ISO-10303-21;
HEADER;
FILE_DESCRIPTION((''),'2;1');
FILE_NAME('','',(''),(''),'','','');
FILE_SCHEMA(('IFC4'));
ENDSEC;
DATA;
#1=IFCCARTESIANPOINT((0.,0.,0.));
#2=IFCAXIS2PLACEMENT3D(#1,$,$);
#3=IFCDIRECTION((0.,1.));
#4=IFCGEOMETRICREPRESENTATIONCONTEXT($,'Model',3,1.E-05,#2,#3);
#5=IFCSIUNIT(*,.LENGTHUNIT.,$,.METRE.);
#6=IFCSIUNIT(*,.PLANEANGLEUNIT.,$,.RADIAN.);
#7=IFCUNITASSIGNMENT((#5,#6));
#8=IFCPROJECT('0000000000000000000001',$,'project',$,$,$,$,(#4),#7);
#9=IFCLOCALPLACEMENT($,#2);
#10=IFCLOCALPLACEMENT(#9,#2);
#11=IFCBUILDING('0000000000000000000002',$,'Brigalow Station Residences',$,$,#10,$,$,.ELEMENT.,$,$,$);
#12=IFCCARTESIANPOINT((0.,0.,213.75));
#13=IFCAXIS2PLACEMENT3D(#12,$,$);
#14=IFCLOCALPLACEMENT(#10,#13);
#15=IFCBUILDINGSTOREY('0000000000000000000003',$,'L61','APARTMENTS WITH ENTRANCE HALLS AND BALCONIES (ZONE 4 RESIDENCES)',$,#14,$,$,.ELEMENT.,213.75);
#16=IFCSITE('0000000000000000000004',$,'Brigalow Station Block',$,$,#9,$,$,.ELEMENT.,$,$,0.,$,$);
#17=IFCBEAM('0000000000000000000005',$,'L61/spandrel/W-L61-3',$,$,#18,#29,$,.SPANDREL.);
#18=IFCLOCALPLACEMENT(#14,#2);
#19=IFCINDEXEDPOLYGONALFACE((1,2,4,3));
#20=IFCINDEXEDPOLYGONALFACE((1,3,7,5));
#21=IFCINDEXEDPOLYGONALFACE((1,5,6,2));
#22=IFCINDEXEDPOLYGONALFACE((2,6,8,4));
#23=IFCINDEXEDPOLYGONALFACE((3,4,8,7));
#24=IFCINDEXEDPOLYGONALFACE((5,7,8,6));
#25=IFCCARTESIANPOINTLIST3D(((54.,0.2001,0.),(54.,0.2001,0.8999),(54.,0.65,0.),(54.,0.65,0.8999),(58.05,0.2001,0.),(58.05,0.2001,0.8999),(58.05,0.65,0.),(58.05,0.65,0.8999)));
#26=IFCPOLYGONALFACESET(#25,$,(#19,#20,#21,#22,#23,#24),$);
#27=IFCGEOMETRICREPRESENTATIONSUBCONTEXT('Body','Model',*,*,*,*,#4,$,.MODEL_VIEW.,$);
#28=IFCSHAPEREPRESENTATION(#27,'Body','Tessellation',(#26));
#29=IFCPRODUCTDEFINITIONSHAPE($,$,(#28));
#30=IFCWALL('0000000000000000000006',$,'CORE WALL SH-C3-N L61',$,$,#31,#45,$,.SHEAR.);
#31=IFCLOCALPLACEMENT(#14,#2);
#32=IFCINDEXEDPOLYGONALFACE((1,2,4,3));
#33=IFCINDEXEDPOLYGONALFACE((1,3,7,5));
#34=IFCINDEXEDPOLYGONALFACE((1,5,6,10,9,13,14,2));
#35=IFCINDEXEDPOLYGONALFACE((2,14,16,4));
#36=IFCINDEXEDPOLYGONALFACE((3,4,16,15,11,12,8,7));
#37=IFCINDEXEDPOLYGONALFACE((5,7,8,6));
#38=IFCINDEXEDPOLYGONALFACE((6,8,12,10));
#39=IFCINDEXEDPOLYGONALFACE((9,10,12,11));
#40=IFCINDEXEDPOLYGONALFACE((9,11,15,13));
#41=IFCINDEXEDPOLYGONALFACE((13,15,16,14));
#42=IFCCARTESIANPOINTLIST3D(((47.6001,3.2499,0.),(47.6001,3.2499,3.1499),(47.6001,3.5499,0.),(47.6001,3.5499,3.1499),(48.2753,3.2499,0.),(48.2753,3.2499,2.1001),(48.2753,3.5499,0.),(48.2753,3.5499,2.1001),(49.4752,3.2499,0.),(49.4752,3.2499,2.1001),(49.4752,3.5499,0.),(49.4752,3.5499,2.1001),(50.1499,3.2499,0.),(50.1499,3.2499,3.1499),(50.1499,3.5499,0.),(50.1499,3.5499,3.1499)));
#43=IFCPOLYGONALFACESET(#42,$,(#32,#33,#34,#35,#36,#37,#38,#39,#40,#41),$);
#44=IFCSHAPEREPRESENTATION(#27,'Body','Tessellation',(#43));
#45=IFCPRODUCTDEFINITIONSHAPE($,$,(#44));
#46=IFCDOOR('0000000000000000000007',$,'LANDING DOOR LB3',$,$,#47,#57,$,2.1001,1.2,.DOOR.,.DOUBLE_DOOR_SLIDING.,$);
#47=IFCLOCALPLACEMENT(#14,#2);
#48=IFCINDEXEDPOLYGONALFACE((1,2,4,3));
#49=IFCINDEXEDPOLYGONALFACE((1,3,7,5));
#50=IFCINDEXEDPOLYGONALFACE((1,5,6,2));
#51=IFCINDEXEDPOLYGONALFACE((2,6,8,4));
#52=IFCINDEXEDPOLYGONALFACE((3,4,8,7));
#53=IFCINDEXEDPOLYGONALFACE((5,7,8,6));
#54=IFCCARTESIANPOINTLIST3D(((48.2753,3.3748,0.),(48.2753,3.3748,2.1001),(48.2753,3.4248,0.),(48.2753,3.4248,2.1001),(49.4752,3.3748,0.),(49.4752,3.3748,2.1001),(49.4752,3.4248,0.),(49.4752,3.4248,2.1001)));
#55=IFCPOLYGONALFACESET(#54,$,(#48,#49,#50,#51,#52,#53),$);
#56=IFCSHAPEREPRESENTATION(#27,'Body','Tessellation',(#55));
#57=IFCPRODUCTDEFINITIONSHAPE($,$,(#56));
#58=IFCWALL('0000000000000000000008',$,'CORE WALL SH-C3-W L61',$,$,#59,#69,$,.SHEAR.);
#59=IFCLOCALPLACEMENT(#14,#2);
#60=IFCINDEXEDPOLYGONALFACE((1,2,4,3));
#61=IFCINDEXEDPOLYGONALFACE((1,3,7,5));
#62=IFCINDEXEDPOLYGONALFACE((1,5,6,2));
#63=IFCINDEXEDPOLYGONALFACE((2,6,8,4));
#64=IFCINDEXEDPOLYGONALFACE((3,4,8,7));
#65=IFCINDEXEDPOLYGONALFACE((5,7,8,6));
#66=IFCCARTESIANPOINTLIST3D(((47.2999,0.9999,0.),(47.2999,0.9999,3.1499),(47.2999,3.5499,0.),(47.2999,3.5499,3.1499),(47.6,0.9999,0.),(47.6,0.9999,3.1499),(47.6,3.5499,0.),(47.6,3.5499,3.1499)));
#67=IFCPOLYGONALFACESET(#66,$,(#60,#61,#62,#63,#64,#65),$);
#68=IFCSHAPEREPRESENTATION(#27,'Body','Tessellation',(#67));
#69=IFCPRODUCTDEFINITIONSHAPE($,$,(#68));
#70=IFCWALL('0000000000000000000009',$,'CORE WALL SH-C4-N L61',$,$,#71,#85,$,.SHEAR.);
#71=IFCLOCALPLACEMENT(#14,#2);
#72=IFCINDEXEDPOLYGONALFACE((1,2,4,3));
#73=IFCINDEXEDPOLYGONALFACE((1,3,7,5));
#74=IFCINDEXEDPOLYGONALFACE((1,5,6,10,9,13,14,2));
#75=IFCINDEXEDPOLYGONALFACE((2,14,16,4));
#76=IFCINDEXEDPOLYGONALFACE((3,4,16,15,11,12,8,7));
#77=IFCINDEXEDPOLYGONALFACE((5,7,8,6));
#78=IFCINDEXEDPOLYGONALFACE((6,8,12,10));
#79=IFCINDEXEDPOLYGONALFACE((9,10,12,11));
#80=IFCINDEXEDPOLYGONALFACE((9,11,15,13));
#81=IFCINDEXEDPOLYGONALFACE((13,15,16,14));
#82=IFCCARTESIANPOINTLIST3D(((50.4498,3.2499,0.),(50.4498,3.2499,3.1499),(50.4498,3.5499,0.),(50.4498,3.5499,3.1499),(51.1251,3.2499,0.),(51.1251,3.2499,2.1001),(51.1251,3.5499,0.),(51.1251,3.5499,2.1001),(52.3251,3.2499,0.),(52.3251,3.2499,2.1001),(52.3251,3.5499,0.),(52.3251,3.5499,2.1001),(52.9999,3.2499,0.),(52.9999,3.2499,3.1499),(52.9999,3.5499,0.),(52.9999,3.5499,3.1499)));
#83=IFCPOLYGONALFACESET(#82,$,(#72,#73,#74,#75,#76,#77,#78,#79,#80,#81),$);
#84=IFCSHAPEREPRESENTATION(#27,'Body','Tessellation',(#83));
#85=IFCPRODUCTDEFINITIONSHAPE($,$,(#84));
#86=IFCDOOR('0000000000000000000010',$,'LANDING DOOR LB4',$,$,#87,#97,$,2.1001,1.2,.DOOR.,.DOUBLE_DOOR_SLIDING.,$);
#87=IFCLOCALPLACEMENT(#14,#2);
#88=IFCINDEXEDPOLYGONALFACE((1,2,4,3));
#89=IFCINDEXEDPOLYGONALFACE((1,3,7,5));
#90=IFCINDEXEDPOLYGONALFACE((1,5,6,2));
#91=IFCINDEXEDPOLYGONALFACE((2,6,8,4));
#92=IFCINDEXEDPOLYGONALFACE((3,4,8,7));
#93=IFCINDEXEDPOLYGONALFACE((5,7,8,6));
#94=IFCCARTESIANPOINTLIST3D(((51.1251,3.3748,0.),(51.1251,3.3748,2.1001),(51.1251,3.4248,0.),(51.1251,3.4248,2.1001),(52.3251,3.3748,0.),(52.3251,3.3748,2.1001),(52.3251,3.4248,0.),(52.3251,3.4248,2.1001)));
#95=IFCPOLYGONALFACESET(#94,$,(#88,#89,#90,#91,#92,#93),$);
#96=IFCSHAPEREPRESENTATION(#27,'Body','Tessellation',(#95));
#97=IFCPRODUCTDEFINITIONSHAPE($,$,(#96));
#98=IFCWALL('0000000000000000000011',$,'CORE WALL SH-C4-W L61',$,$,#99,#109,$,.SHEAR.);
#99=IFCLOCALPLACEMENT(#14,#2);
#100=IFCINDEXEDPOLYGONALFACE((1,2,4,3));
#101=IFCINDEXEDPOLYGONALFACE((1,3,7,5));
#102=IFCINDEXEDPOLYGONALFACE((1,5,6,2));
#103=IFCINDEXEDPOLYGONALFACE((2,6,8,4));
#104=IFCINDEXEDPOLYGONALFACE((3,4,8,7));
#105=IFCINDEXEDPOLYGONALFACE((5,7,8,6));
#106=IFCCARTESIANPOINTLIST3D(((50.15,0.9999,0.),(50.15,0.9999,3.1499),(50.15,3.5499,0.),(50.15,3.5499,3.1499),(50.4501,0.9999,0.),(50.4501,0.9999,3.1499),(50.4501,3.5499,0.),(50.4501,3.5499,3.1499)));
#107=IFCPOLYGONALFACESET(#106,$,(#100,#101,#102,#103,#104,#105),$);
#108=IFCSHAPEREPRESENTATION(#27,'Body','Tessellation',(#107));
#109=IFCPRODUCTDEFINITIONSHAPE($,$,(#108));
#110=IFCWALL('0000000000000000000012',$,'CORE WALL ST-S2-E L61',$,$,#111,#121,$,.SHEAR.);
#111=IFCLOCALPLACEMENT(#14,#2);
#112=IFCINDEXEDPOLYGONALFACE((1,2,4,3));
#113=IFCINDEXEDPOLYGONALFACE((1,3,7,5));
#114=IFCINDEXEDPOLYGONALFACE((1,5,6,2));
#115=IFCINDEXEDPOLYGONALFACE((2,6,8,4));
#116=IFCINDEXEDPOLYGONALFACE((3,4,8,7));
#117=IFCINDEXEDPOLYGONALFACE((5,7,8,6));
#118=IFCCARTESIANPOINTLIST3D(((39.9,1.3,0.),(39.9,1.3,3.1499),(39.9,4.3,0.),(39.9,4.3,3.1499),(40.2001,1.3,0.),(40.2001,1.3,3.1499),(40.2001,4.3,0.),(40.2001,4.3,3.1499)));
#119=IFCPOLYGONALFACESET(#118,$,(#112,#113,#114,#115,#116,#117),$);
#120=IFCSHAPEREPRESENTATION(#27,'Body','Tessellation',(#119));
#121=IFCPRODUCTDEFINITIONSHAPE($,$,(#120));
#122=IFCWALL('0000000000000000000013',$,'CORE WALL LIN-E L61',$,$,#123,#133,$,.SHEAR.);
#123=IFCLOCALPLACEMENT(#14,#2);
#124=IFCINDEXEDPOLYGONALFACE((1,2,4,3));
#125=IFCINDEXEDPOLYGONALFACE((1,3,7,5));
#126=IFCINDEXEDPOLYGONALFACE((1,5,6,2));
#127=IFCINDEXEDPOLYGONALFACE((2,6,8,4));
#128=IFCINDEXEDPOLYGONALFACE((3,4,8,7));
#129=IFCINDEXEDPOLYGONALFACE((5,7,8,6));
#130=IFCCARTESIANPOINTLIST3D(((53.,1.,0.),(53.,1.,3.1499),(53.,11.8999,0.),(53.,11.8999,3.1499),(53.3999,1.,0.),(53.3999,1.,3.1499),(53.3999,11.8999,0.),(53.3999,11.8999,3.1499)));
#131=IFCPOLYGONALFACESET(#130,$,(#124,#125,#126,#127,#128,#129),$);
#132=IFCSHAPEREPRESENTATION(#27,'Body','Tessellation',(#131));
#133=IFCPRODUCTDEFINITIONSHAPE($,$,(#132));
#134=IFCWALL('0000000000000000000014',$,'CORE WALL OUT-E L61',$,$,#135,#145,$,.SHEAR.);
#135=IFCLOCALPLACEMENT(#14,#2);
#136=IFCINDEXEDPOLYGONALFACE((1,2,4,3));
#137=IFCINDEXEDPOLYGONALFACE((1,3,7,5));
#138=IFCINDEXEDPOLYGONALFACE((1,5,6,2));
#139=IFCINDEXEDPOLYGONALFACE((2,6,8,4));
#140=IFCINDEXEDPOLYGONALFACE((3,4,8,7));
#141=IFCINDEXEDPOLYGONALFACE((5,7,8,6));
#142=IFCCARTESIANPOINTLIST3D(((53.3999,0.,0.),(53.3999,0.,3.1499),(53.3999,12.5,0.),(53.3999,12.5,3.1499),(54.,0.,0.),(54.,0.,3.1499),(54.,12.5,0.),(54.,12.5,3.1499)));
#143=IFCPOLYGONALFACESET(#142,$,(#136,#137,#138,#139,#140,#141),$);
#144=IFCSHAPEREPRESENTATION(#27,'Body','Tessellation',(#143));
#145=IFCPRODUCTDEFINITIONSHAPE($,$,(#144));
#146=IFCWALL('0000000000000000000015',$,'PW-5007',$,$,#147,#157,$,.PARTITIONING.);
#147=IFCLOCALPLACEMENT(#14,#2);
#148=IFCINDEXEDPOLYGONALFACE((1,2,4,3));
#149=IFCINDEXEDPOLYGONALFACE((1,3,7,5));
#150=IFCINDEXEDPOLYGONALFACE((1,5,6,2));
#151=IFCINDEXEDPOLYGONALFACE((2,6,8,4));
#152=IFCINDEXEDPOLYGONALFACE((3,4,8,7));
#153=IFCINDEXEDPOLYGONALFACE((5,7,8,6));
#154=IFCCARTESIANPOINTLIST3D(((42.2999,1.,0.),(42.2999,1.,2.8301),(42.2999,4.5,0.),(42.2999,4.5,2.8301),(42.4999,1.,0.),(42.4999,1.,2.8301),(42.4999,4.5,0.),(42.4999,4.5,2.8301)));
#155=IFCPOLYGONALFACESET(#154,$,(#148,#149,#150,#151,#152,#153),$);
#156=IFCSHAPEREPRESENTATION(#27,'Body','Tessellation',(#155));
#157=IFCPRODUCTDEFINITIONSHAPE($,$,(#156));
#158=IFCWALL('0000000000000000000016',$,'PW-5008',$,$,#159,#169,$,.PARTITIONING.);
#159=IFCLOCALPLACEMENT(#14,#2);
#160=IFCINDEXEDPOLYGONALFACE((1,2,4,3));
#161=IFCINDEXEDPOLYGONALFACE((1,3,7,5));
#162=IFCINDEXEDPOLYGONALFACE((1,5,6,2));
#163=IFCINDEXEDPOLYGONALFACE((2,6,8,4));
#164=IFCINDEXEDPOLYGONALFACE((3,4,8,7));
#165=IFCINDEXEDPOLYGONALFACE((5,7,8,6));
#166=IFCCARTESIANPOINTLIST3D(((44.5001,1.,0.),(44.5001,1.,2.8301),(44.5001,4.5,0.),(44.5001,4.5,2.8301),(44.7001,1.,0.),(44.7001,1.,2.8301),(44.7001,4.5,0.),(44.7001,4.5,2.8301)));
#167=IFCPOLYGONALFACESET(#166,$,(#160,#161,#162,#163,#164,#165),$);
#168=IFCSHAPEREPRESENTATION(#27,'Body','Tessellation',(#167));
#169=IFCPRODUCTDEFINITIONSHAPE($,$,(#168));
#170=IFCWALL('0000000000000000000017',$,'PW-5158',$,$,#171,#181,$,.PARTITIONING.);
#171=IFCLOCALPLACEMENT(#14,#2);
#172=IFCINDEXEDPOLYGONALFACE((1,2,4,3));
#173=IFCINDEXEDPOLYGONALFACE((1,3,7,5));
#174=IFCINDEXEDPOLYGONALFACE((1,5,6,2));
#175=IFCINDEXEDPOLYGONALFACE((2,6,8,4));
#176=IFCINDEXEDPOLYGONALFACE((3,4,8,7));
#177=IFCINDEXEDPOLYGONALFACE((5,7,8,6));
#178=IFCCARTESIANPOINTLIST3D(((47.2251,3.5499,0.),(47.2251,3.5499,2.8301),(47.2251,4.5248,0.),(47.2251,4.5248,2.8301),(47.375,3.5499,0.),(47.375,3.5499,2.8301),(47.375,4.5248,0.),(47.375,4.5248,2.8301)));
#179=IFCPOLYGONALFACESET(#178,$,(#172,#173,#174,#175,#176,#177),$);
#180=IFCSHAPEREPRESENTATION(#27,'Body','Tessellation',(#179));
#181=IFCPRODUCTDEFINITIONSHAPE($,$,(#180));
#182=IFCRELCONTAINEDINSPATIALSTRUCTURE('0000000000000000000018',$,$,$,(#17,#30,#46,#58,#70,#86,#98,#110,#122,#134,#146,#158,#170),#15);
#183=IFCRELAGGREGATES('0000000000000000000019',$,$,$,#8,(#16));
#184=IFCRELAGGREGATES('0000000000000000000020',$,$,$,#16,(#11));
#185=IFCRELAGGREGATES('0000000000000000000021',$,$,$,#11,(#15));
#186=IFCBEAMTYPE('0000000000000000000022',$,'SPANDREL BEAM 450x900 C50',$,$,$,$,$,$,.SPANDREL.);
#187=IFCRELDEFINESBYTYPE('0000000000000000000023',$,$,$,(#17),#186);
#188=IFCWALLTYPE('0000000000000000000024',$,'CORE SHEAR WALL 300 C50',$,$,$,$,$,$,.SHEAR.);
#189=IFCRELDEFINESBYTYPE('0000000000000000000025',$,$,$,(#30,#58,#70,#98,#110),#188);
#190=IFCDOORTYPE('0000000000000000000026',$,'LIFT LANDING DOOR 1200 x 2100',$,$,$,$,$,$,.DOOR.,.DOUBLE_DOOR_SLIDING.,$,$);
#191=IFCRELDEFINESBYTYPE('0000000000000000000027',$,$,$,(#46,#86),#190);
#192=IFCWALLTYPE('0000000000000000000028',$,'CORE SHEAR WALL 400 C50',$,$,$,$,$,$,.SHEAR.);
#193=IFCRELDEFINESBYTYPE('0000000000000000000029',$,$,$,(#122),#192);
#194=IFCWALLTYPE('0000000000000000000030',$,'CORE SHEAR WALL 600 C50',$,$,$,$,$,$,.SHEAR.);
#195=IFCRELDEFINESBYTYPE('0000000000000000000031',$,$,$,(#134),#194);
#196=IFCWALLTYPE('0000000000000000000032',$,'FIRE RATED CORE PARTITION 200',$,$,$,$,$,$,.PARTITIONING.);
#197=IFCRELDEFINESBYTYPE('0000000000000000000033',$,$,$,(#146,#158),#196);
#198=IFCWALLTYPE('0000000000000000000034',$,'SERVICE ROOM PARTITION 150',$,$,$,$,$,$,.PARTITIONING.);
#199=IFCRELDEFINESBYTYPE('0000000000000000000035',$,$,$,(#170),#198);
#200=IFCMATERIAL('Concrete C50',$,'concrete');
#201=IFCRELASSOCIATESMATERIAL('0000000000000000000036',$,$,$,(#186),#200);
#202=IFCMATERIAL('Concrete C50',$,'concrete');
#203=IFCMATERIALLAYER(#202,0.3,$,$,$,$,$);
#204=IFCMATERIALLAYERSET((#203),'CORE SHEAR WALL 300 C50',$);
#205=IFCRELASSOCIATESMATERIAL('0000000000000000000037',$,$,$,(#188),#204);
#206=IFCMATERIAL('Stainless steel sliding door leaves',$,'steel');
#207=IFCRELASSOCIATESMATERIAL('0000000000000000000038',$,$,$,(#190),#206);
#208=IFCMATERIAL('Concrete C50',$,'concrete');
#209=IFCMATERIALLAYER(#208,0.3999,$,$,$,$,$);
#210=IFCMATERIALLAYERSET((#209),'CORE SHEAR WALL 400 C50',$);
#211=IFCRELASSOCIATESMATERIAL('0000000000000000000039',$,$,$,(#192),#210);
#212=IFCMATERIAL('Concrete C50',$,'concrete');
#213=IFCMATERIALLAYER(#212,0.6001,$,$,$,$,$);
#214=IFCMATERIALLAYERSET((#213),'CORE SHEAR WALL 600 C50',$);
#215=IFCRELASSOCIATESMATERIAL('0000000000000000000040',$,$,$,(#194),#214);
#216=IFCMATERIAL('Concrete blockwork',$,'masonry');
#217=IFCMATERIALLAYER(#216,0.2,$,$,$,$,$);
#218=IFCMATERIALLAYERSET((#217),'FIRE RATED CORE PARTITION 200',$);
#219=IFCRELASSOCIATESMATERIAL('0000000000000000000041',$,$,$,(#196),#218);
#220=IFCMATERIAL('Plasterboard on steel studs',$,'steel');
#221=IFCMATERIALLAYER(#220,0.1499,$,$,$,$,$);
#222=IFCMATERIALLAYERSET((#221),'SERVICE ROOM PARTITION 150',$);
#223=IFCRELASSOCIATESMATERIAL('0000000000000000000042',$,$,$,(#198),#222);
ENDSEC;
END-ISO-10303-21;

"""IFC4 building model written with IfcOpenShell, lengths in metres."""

from ifc_helpers import new_model, si_unit, direction, frame, frame_2d, origin, origin_2d, place, context, subcontext, project, spatial, rectangle, extrude, material, layer, layer_set, material_profile, profile_set, type_object, element, fill, save


model = new_model("IFC4")

# Units and contexts
model_context = context("Model", 3, precision=1e-05, world=origin(), true_north=direction((0.0, 1.0)))
body_context = subcontext(model_context, "Body", "Model", "MODEL_VIEW")
ifc_project = project(units=[si_unit("LENGTHUNIT", "METRE"), si_unit("PLANEANGLEUNIT", "RADIAN")], contexts=[model_context])

# Site, building, storey
site_placement = place(None, origin())
site = spatial("IfcSite", under=ifc_project, at=site_placement, Name="Brigalow Station Block", CompositionType="ELEMENT", RefElevation=0.0)
building_placement = place(site_placement, origin())
building = spatial("IfcBuilding", under=site, at=building_placement, Name="Brigalow Station Residences", CompositionType="ELEMENT")
storey_placement = place(building_placement, frame((0.0, 0.0, 213.75)))
storey = spatial("IfcBuildingStorey", under=building, at=storey_placement, Name="L61", Description="APARTMENTS WITH ENTRANCE HALLS AND BALCONIES (ZONE 4 RESIDENCES)", CompositionType="ELEMENT", Elevation=213.75)

# Beam
ifc_material_1 = material(Name="Concrete C50", Category="concrete")
ifc_material_profile = material_profile(ifc_material_1, rectangle(XDim=0.45, YDim=0.8999, at=origin_2d()), Name="RC450x900")
ifc_profile_set = profile_set([ifc_material_profile], Name="Concrete C50")
beam_type = type_object("IfcBeamType", Name="SPANDREL BEAM 450x900 C50", PredefinedType="SPANDREL", material=ifc_profile_set)
beam_placement = place(storey_placement, frame((54.0, 0.425, 0.45), z_axis=(1.0, 0.0, 0.0), x_axis=(0.0, 1.0, 0.0)))
element("IfcBeam", 1, at=beam_placement, inside=storey, type_object=beam_type, Name="L61/spandrel/W-L61-3", PredefinedType="SPANDREL", context=body_context, shape_type="SweptSolid", body=[
    extrude(rectangle(XDim=0.45, YDim=0.8999, at=origin_2d()), origin(), (0.0, 0.0, 1.0), 4.05),
])

# Wall, opening, door
ifc_material_2 = material(Name="Concrete C50", Category="concrete")
ifc_layer_1 = layer(ifc_material_2, 0.3)
ifc_layer_set_1 = layer_set([ifc_layer_1], Name="CORE SHEAR WALL 300 C50")
wall_type_1 = type_object("IfcWallType", Name="CORE SHEAR WALL 300 C50", PredefinedType="SHEAR", material=ifc_layer_set_1)
wall_1_placement = place(storey_placement, frame((47.6001, 3.3999, 0.0), z_axis=(0.0, 0.0, 1.0), x_axis=(1.0, 0.0, 0.0)))
wall_1 = element("IfcWall", 2, at=wall_1_placement, inside=storey, type_object=wall_type_1, Name="CORE WALL SH-C3-N L61", PredefinedType="SHEAR", context=body_context, shape_type="SweptSolid", body=[
    extrude(rectangle(XDim=2.5498, YDim=0.3, at=frame_2d((1.2749, 0.0))), origin(), (0.0, 0.0, 1.0), 3.1499),
])
opening_1_placement = place(wall_1_placement, frame((0.675, 0.0, 0.0)))
opening_1 = element("IfcOpeningElement", 3, at=opening_1_placement, cuts=wall_1, PredefinedType="OPENING", context=body_context, shape_type="SweptSolid", body=[
    extrude(rectangle(XDim=1.2, YDim=2.1001, at=frame_2d((0.6001, 1.05))), frame((0.0, 0.1602, 0.0), z_axis=(0.0, -1.0, 0.0), x_axis=(1.0, 0.0, 0.0)), (0.0, 0.0, 1.0), 0.3201),
])
ifc_material_3 = material(Name="Stainless steel sliding door leaves", Category="steel")
door_type = type_object("IfcDoorType", Name="LIFT LANDING DOOR 1200 x 2100", OperationType="DOUBLE_DOOR_SLIDING", PredefinedType="DOOR", material=ifc_material_3)
door_1_placement = place(opening_1_placement, origin())
door_1 = element("IfcDoor", 4, at=door_1_placement, inside=storey, type_object=door_type, Name="LANDING DOOR LB3", OperationType="DOUBLE_DOOR_SLIDING", OverallHeight=2.1001, OverallWidth=1.2, PredefinedType="DOOR", context=body_context, shape_type="SweptSolid", body=[
    extrude(rectangle(XDim=1.2, YDim=2.1001, at=frame_2d((0.6001, 1.05))), frame((0.0, 0.0249, 0.0), z_axis=(0.0, -1.0, 0.0), x_axis=(1.0, 0.0, 0.0)), (0.0, 0.0, 1.0), 0.05),
])
fill(opening_1, door_1)

# Wall
wall_2_placement = place(storey_placement, frame((47.45, 1.0, 0.0), z_axis=(0.0, 0.0, 1.0), x_axis=(0.0, 1.0, 0.0)))
element("IfcWall", 5, at=wall_2_placement, inside=storey, type_object=wall_type_1, Name="CORE WALL SH-C3-W L61", PredefinedType="SHEAR", context=body_context, shape_type="SweptSolid", body=[
    extrude(rectangle(XDim=2.55, YDim=0.3, at=frame_2d((1.2749, 0.0))), origin(), (0.0, 0.0, 1.0), 3.1499),
])

# Wall, opening, door
wall_3_placement = place(storey_placement, frame((50.45, 3.3999, 0.0), z_axis=(0.0, 0.0, 1.0), x_axis=(1.0, 0.0, 0.0)))
wall_3 = element("IfcWall", 6, at=wall_3_placement, inside=storey, type_object=wall_type_1, Name="CORE WALL SH-C4-N L61", PredefinedType="SHEAR", context=body_context, shape_type="SweptSolid", body=[
    extrude(rectangle(XDim=2.55, YDim=0.3, at=frame_2d((1.2749, 0.0))), origin(), (0.0, 0.0, 1.0), 3.1499),
])
opening_2_placement = place(wall_3_placement, frame((0.675, 0.0, 0.0)))
opening_2 = element("IfcOpeningElement", 7, at=opening_2_placement, cuts=wall_3, PredefinedType="OPENING", context=body_context, shape_type="SweptSolid", body=[
    extrude(rectangle(XDim=1.2, YDim=2.1001, at=frame_2d((0.6001, 1.05))), frame((0.0, 0.1602, 0.0), z_axis=(0.0, -1.0, 0.0), x_axis=(1.0, 0.0, 0.0)), (0.0, 0.0, 1.0), 0.3201),
])
door_2_placement = place(opening_2_placement, origin())
door_2 = element("IfcDoor", 8, at=door_2_placement, inside=storey, type_object=door_type, Name="LANDING DOOR LB4", OperationType="DOUBLE_DOOR_SLIDING", OverallHeight=2.1001, OverallWidth=1.2, PredefinedType="DOOR", context=body_context, shape_type="SweptSolid", body=[
    extrude(rectangle(XDim=1.2, YDim=2.1001, at=frame_2d((0.6001, 1.05))), frame((0.0, 0.0249, 0.0), z_axis=(0.0, -1.0, 0.0), x_axis=(1.0, 0.0, 0.0)), (0.0, 0.0, 1.0), 0.05),
])
fill(opening_2, door_2)

# Walls
wall_4_placement = place(storey_placement, frame((50.3, 1.0, 0.0), z_axis=(0.0, 0.0, 1.0), x_axis=(0.0, 1.0, 0.0)))
element("IfcWall", 9, at=wall_4_placement, inside=storey, type_object=wall_type_1, Name="CORE WALL SH-C4-W L61", PredefinedType="SHEAR", context=body_context, shape_type="SweptSolid", body=[
    extrude(rectangle(XDim=2.55, YDim=0.3, at=frame_2d((1.2749, 0.0))), origin(), (0.0, 0.0, 1.0), 3.1499),
])
wall_5_placement = place(storey_placement, frame((40.05, 1.3, 0.0), z_axis=(0.0, 0.0, 1.0), x_axis=(0.0, 1.0, 0.0)))
element("IfcWall", 10, at=wall_5_placement, inside=storey, type_object=wall_type_1, Name="CORE WALL ST-S2-E L61", PredefinedType="SHEAR", context=body_context, shape_type="SweptSolid", body=[
    extrude(rectangle(XDim=3.0, YDim=0.3, at=frame_2d((1.5, 0.0))), origin(), (0.0, 0.0, 1.0), 3.1499),
])
ifc_material_4 = material(Name="Concrete C50", Category="concrete")
ifc_layer_2 = layer(ifc_material_4, 0.3999)
ifc_layer_set_2 = layer_set([ifc_layer_2], Name="CORE SHEAR WALL 400 C50")
wall_type_2 = type_object("IfcWallType", Name="CORE SHEAR WALL 400 C50", PredefinedType="SHEAR", material=ifc_layer_set_2)
wall_6_placement = place(storey_placement, frame((53.2, 1.0, 0.0), z_axis=(0.0, 0.0, 1.0), x_axis=(0.0, 1.0, 0.0)))
element("IfcWall", 11, at=wall_6_placement, inside=storey, type_object=wall_type_2, Name="CORE WALL LIN-E L61", PredefinedType="SHEAR", context=body_context, shape_type="SweptSolid", body=[
    extrude(rectangle(XDim=10.8999, YDim=0.3999, at=frame_2d((5.45, 0.0))), origin(), (0.0, 0.0, 1.0), 3.1499),
])
ifc_material_5 = material(Name="Concrete C50", Category="concrete")
ifc_layer_3 = layer(ifc_material_5, 0.6001)
ifc_layer_set_3 = layer_set([ifc_layer_3], Name="CORE SHEAR WALL 600 C50")
wall_type_3 = type_object("IfcWallType", Name="CORE SHEAR WALL 600 C50", PredefinedType="SHEAR", material=ifc_layer_set_3)
wall_7_placement = place(storey_placement, frame((53.7, 0.0, 0.0), z_axis=(0.0, 0.0, 1.0), x_axis=(0.0, 1.0, 0.0)))
element("IfcWall", 12, at=wall_7_placement, inside=storey, type_object=wall_type_3, Name="CORE WALL OUT-E L61", PredefinedType="SHEAR", context=body_context, shape_type="SweptSolid", body=[
    extrude(rectangle(XDim=12.5, YDim=0.6001, at=frame_2d((6.25, 0.0))), origin(), (0.0, 0.0, 1.0), 3.1499),
])
ifc_material_6 = material(Name="Concrete blockwork", Category="masonry")
ifc_layer_4 = layer(ifc_material_6, 0.2)
ifc_layer_set_4 = layer_set([ifc_layer_4], Name="FIRE RATED CORE PARTITION 200")
wall_type_4 = type_object("IfcWallType", Name="FIRE RATED CORE PARTITION 200", PredefinedType="PARTITIONING", material=ifc_layer_set_4)
for number, where, z_axis, x_axis, name in (
    (13, (42.3999, 1.0, 0.0), (0.0, 0.0, 1.0), (0.0, 1.0, 0.0), "PW-5007"),
    (14, (44.6001, 1.0, 0.0), (0.0, 0.0, 1.0), (0.0, 1.0, 0.0), "PW-5008"),
):
    element("IfcWall", number, at=place(storey_placement, frame(where, z_axis=z_axis, x_axis=x_axis)), inside=storey, type_object=wall_type_4, Name=name, PredefinedType="PARTITIONING", context=body_context, shape_type="SweptSolid", body=[
        extrude(rectangle(XDim=3.5, YDim=0.2, at=frame_2d((1.75, 0.0))), origin(), (0.0, 0.0, 1.0), 2.8301),
    ])
ifc_material_7 = material(Name="Plasterboard on steel studs", Category="steel")
ifc_layer_5 = layer(ifc_material_7, 0.1499)
ifc_layer_set_5 = layer_set([ifc_layer_5], Name="SERVICE ROOM PARTITION 150")
wall_type_5 = type_object("IfcWallType", Name="SERVICE ROOM PARTITION 150", PredefinedType="PARTITIONING", material=ifc_layer_set_5)
wall_8_placement = place(storey_placement, frame((47.3, 3.55, 0.0), z_axis=(0.0, 0.0, 1.0), x_axis=(0.0, 1.0, 0.0)))
element("IfcWall", 15, at=wall_8_placement, inside=storey, type_object=wall_type_5, Name="PW-5158", PredefinedType="PARTITIONING", context=body_context, shape_type="SweptSolid", body=[
    extrude(rectangle(XDim=0.9749, YDim=0.1499, at=frame_2d((0.4873, 0.0))), origin(), (0.0, 0.0, 1.0), 2.8301),
])

save(model, "model.ifc")
